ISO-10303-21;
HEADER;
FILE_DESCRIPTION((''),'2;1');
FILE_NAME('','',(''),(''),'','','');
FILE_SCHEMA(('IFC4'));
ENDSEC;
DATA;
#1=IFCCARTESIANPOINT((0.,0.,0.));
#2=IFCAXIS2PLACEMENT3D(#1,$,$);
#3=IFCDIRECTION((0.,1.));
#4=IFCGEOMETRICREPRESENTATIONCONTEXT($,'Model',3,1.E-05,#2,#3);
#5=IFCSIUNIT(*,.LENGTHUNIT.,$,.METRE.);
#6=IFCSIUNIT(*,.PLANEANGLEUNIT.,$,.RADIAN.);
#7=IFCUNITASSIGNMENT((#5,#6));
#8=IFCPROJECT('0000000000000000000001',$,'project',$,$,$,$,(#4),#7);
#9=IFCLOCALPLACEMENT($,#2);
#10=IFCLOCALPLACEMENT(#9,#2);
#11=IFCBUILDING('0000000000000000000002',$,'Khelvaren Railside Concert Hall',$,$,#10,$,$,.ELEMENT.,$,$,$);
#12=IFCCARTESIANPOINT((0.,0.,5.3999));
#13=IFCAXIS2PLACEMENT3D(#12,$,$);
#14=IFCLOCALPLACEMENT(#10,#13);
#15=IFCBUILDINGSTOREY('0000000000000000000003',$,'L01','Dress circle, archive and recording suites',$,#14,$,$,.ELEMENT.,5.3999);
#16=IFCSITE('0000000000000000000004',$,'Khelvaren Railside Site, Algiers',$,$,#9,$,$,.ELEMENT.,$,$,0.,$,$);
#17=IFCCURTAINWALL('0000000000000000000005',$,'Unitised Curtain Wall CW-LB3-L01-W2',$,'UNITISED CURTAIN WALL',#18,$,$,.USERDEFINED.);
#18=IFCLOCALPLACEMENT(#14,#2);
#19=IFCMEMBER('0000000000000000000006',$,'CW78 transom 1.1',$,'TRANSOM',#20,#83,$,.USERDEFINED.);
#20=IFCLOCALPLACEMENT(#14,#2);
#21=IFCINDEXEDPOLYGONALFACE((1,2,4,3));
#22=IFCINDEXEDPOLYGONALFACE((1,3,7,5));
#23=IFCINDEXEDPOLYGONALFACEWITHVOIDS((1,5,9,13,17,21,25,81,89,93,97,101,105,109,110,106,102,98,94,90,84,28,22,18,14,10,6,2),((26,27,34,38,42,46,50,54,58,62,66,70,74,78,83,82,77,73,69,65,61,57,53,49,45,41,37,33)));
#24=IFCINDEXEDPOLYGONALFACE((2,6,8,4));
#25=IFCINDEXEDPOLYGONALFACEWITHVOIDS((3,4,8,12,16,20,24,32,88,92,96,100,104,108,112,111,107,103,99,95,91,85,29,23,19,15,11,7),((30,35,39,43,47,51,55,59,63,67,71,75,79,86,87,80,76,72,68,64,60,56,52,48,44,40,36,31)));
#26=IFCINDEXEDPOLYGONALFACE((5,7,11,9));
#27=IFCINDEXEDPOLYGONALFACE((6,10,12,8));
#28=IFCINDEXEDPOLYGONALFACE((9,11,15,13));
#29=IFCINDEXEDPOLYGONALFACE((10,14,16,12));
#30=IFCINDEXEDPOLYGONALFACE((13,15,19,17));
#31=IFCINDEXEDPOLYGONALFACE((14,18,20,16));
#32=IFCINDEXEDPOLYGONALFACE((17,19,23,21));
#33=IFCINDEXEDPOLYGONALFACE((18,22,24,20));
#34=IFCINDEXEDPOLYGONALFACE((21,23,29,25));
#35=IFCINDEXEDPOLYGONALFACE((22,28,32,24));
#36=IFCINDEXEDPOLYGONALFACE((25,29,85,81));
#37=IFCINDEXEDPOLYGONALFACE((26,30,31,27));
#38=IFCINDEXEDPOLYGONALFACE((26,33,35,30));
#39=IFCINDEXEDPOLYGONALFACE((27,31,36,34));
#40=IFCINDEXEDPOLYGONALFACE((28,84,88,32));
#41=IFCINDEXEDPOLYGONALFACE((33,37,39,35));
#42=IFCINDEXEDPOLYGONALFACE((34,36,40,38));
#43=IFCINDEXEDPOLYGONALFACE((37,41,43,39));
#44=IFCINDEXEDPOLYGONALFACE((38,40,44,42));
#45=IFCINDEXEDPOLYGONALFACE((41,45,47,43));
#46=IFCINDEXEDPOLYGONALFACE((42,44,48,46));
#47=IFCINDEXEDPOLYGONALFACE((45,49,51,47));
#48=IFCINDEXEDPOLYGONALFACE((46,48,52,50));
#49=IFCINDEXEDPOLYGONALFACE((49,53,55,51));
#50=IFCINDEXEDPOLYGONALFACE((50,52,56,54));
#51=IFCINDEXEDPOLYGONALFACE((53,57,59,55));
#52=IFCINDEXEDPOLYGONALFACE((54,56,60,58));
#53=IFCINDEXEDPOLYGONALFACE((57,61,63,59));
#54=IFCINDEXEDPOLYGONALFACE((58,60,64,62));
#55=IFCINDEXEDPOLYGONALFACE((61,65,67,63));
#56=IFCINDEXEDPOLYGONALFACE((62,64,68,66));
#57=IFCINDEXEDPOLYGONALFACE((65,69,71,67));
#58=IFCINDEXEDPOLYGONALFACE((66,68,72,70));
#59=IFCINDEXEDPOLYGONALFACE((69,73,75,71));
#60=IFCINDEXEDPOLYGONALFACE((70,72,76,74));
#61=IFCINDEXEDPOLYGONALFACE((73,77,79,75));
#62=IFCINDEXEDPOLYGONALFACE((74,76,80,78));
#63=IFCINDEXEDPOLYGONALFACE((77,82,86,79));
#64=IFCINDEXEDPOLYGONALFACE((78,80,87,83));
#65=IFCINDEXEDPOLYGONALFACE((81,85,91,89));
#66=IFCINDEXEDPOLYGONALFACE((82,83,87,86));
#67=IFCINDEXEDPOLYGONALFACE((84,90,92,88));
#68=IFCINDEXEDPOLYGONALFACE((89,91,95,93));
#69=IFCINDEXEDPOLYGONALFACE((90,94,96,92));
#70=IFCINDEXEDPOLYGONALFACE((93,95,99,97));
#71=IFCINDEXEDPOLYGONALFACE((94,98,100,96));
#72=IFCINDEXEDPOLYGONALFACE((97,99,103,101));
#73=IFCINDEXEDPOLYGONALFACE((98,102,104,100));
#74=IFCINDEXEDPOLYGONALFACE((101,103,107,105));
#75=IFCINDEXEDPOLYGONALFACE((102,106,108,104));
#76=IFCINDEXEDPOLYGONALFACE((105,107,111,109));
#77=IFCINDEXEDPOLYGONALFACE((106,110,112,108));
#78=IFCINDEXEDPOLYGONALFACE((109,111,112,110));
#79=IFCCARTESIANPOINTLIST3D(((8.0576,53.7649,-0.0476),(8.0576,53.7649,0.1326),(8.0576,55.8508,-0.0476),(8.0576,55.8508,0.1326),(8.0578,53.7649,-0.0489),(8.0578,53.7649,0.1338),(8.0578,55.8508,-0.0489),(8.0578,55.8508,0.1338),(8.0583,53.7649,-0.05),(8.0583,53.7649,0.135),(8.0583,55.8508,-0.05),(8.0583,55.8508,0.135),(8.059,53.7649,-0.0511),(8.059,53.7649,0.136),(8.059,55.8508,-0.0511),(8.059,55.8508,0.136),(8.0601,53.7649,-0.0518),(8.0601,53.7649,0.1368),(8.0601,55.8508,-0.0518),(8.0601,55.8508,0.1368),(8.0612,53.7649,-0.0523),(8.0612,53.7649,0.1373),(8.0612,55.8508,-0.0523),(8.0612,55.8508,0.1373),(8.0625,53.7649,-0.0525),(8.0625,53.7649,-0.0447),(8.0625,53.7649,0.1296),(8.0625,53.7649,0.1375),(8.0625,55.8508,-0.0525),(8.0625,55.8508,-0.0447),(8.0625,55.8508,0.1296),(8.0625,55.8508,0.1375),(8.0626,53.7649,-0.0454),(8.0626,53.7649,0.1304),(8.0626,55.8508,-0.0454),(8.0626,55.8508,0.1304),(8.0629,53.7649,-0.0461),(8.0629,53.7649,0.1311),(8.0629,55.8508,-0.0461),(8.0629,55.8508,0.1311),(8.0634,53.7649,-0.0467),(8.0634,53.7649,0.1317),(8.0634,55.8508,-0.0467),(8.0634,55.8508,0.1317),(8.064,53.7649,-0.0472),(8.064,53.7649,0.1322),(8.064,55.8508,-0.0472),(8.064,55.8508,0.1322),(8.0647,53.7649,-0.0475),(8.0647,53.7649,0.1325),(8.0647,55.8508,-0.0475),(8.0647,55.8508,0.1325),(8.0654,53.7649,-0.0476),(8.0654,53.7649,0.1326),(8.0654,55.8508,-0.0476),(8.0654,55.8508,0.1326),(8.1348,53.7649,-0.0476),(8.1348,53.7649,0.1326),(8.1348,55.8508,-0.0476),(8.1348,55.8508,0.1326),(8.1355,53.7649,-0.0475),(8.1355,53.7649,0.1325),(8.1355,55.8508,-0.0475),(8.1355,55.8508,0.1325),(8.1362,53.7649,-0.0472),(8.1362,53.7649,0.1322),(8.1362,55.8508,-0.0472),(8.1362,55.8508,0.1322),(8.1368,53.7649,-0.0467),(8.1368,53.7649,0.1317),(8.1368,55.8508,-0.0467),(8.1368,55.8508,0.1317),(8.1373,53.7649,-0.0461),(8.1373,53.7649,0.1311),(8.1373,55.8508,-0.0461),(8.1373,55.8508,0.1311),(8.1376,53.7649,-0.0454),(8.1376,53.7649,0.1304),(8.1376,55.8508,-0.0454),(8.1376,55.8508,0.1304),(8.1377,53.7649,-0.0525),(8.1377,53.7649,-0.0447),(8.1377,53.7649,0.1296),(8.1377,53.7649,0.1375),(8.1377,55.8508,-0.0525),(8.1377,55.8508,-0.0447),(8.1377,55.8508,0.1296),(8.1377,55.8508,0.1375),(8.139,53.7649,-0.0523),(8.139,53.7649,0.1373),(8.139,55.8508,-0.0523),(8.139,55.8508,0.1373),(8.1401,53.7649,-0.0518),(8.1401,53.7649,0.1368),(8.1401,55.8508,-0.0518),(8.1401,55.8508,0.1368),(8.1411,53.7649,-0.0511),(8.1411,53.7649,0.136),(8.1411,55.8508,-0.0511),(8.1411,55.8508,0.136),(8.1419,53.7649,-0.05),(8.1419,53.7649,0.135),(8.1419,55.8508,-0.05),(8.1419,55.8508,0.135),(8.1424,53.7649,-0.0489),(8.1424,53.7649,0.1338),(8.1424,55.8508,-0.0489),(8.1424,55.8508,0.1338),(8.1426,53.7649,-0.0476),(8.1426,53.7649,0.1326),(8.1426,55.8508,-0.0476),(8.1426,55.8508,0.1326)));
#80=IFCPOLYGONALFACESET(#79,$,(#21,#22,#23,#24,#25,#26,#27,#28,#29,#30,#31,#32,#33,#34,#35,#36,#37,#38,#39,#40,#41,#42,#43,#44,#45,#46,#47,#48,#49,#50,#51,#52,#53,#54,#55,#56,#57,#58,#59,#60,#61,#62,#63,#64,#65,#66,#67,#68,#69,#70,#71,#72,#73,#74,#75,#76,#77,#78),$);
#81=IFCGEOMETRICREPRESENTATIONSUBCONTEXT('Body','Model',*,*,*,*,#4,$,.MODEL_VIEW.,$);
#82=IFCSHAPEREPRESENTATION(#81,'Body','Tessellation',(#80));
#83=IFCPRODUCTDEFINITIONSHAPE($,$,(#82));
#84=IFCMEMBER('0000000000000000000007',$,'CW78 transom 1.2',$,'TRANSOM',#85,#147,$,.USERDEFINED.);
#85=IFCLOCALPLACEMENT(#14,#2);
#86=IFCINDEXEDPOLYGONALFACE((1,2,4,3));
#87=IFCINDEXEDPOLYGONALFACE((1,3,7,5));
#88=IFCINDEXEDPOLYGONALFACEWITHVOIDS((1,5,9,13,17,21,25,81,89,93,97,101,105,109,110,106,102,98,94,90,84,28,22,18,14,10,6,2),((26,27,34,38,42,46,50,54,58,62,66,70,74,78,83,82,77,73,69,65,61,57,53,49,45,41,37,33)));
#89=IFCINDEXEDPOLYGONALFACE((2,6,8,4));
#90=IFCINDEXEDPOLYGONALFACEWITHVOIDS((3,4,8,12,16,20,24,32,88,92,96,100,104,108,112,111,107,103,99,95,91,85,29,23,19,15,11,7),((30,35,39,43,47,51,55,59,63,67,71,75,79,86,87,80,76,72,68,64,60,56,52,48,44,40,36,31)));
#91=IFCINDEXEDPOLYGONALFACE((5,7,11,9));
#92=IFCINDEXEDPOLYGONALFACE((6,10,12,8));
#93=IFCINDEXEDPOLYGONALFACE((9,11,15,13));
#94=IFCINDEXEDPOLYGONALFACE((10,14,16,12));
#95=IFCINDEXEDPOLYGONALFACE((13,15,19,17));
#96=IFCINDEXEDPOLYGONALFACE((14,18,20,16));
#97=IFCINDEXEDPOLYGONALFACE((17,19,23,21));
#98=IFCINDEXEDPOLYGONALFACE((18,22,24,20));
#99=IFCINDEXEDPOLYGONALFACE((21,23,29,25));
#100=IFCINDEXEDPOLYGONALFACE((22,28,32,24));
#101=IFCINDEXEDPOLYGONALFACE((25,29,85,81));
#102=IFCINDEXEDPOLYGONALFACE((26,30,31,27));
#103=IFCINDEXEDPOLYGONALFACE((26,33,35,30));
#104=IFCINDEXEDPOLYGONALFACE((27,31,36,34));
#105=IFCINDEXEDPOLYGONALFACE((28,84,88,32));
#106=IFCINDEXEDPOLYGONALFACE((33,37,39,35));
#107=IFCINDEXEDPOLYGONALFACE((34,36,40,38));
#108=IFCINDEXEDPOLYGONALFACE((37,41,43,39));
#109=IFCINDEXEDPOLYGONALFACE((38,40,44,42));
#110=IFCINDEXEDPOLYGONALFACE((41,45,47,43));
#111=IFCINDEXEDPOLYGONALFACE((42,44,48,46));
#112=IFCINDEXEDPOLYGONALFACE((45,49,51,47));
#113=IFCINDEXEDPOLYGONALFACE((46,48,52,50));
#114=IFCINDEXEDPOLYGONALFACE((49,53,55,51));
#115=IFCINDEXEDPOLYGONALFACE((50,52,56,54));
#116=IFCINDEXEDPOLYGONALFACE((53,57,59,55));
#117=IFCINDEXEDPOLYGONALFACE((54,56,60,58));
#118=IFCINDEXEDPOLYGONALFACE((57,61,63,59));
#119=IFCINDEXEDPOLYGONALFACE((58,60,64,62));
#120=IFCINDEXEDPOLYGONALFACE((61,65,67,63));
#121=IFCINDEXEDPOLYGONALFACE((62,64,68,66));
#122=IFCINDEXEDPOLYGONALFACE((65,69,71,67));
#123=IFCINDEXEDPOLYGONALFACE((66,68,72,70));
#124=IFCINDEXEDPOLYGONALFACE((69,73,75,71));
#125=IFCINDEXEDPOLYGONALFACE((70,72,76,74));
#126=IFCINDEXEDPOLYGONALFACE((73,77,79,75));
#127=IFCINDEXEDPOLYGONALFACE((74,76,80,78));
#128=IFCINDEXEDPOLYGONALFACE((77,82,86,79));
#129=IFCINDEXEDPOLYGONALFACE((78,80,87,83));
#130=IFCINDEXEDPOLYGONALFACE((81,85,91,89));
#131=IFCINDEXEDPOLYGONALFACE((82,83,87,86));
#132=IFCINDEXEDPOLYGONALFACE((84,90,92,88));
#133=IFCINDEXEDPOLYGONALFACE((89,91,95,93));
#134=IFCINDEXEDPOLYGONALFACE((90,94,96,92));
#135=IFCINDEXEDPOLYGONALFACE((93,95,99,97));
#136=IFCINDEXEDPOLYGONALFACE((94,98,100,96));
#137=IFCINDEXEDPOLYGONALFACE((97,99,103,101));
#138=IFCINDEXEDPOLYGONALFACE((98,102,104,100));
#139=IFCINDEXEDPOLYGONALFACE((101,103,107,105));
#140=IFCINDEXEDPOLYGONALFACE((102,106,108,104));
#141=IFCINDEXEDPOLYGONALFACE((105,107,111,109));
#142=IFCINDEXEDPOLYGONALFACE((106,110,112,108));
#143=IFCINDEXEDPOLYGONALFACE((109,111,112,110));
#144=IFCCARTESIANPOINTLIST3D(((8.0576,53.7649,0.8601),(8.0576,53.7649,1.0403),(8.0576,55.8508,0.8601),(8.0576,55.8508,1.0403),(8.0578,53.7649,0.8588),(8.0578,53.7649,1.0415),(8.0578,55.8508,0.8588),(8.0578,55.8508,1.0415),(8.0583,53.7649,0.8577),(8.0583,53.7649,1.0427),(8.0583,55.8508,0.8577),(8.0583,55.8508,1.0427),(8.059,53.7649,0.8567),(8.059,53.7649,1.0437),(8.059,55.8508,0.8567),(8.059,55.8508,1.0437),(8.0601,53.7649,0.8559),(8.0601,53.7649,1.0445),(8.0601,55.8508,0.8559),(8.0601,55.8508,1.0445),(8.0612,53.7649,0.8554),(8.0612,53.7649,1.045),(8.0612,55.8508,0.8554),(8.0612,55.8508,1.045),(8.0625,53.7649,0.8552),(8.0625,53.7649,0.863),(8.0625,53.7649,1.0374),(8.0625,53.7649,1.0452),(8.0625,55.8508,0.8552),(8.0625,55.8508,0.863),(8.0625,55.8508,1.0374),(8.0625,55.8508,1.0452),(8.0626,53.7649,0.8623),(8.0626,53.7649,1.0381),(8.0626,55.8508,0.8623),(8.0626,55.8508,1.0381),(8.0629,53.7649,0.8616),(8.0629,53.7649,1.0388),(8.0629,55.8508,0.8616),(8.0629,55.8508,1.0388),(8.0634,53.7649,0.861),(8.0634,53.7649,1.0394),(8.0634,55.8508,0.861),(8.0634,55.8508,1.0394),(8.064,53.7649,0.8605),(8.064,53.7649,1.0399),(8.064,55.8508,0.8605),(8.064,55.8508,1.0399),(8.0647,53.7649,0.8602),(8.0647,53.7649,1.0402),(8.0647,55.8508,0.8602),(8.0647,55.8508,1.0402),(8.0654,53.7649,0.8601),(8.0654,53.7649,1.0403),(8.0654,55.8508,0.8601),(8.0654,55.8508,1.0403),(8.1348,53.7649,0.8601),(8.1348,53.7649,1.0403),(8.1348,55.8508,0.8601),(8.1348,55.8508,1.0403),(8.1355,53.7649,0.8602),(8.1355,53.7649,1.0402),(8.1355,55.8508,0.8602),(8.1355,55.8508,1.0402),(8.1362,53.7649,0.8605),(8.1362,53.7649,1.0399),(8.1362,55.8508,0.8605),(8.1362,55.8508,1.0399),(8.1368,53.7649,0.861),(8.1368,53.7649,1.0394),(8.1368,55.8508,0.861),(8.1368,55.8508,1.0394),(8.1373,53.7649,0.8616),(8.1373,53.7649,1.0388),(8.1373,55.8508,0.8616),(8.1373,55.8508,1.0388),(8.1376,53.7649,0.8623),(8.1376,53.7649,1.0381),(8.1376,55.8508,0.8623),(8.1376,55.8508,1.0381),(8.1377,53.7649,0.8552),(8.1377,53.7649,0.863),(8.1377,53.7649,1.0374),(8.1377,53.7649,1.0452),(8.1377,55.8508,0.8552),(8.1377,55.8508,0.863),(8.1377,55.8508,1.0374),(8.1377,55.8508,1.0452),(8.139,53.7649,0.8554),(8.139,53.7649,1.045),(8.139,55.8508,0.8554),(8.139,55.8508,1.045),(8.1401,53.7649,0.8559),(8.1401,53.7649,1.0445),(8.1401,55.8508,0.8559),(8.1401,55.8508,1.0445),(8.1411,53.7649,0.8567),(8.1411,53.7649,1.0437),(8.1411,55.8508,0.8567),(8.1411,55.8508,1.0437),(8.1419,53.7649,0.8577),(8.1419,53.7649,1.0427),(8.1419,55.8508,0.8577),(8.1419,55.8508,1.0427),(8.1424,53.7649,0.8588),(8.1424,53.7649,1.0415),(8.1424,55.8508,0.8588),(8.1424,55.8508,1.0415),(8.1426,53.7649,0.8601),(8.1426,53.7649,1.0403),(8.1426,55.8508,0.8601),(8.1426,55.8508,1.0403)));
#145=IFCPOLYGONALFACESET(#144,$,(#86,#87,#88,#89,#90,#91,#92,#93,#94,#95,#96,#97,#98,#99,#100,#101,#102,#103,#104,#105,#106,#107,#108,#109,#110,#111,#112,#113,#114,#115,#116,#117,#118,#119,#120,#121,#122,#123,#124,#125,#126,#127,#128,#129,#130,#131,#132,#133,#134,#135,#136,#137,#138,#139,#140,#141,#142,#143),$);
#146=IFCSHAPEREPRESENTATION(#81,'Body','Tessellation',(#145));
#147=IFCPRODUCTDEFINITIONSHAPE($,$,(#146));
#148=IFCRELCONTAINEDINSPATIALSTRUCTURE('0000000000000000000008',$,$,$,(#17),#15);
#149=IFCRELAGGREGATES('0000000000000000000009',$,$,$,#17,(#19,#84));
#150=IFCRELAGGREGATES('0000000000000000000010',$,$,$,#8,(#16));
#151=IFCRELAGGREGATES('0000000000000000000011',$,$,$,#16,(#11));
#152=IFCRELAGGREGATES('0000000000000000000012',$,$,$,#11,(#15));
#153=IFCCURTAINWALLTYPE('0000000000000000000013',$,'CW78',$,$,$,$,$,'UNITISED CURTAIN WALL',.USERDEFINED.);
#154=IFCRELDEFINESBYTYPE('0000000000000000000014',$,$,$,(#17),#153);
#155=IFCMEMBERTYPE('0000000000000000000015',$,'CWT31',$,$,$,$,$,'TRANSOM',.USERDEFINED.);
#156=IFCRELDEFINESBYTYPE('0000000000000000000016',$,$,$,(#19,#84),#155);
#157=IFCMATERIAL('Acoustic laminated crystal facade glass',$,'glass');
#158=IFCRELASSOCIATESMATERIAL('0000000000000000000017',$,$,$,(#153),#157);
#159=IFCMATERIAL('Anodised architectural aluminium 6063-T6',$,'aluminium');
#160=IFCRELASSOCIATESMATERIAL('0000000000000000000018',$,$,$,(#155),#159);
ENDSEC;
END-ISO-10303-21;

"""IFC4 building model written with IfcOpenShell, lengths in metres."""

from ifc_helpers import new_model, si_unit, direction, frame, origin, origin_2d, place, context, subcontext, project, spatial, hollow_rectangle, extrude, material, material_profile, profile_set, type_object, element, aggregate, save


model = new_model("IFC4")

# Units and contexts
model_context = context("Model", 3, precision=1e-05, world=origin(), true_north=direction((0.0, 1.0)))
body_context = subcontext(model_context, "Body", "Model", "MODEL_VIEW")
ifc_project = project(units=[si_unit("LENGTHUNIT", "METRE"), si_unit("PLANEANGLEUNIT", "RADIAN")], contexts=[model_context])

# Site, building, storey
site_placement = place(None, origin())
site = spatial("IfcSite", under=ifc_project, at=site_placement, Name="Khelvaren Railside Site, Algiers", CompositionType="ELEMENT", RefElevation=0.0)
building_placement = place(site_placement, origin())
building = spatial("IfcBuilding", under=site, at=building_placement, Name="Khelvaren Railside Concert Hall", CompositionType="ELEMENT")
storey_placement = place(building_placement, frame((0.0, 0.0, 5.3999)))
storey = spatial("IfcBuildingStorey", under=building, at=storey_placement, Name="L01", Description="Dress circle, archive and recording suites", CompositionType="ELEMENT", Elevation=5.3999)

# Shared definitions
ifc_material_1 = material(Name="Acoustic laminated crystal facade glass", Category="glass")
curtain_wall_type = type_object("IfcCurtainWallType", Name="CW78", ElementType="UNITISED CURTAIN WALL", PredefinedType="USERDEFINED", material=ifc_material_1)
ifc_material_2 = material(Name="Anodised architectural aluminium 6063-T6", Category="aluminium")

# Curtain wall
curtain_wall_1_placement = place(storey_placement, origin())
curtain_wall_1 = element("IfcCurtainWall", 1, at=curtain_wall_1_placement, inside=storey, type_object=curtain_wall_type, Name="Unitised Curtain Wall CW-LB3-L01-W2", ObjectType="UNITISED CURTAIN WALL", PredefinedType="USERDEFINED")

# Members
ifc_material_profile_1 = material_profile(ifc_material_2, hollow_rectangle(XDim=0.085, YDim=0.1899, WallThickness=0.0049, InnerFilletRadius=0.0029, OuterFilletRadius=0.0049, at=origin_2d()), Name="CWT 85x190x5")
ifc_profile_set_1 = profile_set([ifc_material_profile_1], Name="Anodised architectural aluminium 6063-T6")
member_type_1 = type_object("IfcMemberType", Name="CWT31", ElementType="TRANSOM", PredefinedType="USERDEFINED", material=ifc_profile_set_1)
member_1_placement = place(storey_placement, frame((8.1001, 53.7649, 0.0425), z_axis=(0.0, 1.0, 0.0), x_axis=(-1.0, 0.0, 0.0)))
member_1 = element("IfcMember", 2, at=member_1_placement, type_object=member_type_1, Name="CW78 transom 1.1", ObjectType="TRANSOM", PredefinedType="USERDEFINED", context=body_context, shape_type="SweptSolid", body=[
    extrude(hollow_rectangle(XDim=0.085, YDim=0.1899, WallThickness=0.0049, InnerFilletRadius=0.0029, OuterFilletRadius=0.0049, at=origin_2d()), origin(), (0.0, 0.0, 1.0), 2.0859),
])
member_2_placement = place(storey_placement, frame((8.1001, 53.7649, 0.9502), z_axis=(0.0, 1.0, 0.0), x_axis=(-1.0, 0.0, 0.0)))
member_2 = element("IfcMember", 3, at=member_2_placement, type_object=member_type_1, Name="CW78 transom 1.2", ObjectType="TRANSOM", PredefinedType="USERDEFINED", context=body_context, shape_type="SweptSolid", body=[
    extrude(hollow_rectangle(XDim=0.085, YDim=0.1899, WallThickness=0.0049, InnerFilletRadius=0.0029, OuterFilletRadius=0.0049, at=origin_2d()), origin(), (0.0, 0.0, 1.0), 2.0859),
])
aggregate(curtain_wall_1, [member_1, member_2])

save(model, "model.ifc")
